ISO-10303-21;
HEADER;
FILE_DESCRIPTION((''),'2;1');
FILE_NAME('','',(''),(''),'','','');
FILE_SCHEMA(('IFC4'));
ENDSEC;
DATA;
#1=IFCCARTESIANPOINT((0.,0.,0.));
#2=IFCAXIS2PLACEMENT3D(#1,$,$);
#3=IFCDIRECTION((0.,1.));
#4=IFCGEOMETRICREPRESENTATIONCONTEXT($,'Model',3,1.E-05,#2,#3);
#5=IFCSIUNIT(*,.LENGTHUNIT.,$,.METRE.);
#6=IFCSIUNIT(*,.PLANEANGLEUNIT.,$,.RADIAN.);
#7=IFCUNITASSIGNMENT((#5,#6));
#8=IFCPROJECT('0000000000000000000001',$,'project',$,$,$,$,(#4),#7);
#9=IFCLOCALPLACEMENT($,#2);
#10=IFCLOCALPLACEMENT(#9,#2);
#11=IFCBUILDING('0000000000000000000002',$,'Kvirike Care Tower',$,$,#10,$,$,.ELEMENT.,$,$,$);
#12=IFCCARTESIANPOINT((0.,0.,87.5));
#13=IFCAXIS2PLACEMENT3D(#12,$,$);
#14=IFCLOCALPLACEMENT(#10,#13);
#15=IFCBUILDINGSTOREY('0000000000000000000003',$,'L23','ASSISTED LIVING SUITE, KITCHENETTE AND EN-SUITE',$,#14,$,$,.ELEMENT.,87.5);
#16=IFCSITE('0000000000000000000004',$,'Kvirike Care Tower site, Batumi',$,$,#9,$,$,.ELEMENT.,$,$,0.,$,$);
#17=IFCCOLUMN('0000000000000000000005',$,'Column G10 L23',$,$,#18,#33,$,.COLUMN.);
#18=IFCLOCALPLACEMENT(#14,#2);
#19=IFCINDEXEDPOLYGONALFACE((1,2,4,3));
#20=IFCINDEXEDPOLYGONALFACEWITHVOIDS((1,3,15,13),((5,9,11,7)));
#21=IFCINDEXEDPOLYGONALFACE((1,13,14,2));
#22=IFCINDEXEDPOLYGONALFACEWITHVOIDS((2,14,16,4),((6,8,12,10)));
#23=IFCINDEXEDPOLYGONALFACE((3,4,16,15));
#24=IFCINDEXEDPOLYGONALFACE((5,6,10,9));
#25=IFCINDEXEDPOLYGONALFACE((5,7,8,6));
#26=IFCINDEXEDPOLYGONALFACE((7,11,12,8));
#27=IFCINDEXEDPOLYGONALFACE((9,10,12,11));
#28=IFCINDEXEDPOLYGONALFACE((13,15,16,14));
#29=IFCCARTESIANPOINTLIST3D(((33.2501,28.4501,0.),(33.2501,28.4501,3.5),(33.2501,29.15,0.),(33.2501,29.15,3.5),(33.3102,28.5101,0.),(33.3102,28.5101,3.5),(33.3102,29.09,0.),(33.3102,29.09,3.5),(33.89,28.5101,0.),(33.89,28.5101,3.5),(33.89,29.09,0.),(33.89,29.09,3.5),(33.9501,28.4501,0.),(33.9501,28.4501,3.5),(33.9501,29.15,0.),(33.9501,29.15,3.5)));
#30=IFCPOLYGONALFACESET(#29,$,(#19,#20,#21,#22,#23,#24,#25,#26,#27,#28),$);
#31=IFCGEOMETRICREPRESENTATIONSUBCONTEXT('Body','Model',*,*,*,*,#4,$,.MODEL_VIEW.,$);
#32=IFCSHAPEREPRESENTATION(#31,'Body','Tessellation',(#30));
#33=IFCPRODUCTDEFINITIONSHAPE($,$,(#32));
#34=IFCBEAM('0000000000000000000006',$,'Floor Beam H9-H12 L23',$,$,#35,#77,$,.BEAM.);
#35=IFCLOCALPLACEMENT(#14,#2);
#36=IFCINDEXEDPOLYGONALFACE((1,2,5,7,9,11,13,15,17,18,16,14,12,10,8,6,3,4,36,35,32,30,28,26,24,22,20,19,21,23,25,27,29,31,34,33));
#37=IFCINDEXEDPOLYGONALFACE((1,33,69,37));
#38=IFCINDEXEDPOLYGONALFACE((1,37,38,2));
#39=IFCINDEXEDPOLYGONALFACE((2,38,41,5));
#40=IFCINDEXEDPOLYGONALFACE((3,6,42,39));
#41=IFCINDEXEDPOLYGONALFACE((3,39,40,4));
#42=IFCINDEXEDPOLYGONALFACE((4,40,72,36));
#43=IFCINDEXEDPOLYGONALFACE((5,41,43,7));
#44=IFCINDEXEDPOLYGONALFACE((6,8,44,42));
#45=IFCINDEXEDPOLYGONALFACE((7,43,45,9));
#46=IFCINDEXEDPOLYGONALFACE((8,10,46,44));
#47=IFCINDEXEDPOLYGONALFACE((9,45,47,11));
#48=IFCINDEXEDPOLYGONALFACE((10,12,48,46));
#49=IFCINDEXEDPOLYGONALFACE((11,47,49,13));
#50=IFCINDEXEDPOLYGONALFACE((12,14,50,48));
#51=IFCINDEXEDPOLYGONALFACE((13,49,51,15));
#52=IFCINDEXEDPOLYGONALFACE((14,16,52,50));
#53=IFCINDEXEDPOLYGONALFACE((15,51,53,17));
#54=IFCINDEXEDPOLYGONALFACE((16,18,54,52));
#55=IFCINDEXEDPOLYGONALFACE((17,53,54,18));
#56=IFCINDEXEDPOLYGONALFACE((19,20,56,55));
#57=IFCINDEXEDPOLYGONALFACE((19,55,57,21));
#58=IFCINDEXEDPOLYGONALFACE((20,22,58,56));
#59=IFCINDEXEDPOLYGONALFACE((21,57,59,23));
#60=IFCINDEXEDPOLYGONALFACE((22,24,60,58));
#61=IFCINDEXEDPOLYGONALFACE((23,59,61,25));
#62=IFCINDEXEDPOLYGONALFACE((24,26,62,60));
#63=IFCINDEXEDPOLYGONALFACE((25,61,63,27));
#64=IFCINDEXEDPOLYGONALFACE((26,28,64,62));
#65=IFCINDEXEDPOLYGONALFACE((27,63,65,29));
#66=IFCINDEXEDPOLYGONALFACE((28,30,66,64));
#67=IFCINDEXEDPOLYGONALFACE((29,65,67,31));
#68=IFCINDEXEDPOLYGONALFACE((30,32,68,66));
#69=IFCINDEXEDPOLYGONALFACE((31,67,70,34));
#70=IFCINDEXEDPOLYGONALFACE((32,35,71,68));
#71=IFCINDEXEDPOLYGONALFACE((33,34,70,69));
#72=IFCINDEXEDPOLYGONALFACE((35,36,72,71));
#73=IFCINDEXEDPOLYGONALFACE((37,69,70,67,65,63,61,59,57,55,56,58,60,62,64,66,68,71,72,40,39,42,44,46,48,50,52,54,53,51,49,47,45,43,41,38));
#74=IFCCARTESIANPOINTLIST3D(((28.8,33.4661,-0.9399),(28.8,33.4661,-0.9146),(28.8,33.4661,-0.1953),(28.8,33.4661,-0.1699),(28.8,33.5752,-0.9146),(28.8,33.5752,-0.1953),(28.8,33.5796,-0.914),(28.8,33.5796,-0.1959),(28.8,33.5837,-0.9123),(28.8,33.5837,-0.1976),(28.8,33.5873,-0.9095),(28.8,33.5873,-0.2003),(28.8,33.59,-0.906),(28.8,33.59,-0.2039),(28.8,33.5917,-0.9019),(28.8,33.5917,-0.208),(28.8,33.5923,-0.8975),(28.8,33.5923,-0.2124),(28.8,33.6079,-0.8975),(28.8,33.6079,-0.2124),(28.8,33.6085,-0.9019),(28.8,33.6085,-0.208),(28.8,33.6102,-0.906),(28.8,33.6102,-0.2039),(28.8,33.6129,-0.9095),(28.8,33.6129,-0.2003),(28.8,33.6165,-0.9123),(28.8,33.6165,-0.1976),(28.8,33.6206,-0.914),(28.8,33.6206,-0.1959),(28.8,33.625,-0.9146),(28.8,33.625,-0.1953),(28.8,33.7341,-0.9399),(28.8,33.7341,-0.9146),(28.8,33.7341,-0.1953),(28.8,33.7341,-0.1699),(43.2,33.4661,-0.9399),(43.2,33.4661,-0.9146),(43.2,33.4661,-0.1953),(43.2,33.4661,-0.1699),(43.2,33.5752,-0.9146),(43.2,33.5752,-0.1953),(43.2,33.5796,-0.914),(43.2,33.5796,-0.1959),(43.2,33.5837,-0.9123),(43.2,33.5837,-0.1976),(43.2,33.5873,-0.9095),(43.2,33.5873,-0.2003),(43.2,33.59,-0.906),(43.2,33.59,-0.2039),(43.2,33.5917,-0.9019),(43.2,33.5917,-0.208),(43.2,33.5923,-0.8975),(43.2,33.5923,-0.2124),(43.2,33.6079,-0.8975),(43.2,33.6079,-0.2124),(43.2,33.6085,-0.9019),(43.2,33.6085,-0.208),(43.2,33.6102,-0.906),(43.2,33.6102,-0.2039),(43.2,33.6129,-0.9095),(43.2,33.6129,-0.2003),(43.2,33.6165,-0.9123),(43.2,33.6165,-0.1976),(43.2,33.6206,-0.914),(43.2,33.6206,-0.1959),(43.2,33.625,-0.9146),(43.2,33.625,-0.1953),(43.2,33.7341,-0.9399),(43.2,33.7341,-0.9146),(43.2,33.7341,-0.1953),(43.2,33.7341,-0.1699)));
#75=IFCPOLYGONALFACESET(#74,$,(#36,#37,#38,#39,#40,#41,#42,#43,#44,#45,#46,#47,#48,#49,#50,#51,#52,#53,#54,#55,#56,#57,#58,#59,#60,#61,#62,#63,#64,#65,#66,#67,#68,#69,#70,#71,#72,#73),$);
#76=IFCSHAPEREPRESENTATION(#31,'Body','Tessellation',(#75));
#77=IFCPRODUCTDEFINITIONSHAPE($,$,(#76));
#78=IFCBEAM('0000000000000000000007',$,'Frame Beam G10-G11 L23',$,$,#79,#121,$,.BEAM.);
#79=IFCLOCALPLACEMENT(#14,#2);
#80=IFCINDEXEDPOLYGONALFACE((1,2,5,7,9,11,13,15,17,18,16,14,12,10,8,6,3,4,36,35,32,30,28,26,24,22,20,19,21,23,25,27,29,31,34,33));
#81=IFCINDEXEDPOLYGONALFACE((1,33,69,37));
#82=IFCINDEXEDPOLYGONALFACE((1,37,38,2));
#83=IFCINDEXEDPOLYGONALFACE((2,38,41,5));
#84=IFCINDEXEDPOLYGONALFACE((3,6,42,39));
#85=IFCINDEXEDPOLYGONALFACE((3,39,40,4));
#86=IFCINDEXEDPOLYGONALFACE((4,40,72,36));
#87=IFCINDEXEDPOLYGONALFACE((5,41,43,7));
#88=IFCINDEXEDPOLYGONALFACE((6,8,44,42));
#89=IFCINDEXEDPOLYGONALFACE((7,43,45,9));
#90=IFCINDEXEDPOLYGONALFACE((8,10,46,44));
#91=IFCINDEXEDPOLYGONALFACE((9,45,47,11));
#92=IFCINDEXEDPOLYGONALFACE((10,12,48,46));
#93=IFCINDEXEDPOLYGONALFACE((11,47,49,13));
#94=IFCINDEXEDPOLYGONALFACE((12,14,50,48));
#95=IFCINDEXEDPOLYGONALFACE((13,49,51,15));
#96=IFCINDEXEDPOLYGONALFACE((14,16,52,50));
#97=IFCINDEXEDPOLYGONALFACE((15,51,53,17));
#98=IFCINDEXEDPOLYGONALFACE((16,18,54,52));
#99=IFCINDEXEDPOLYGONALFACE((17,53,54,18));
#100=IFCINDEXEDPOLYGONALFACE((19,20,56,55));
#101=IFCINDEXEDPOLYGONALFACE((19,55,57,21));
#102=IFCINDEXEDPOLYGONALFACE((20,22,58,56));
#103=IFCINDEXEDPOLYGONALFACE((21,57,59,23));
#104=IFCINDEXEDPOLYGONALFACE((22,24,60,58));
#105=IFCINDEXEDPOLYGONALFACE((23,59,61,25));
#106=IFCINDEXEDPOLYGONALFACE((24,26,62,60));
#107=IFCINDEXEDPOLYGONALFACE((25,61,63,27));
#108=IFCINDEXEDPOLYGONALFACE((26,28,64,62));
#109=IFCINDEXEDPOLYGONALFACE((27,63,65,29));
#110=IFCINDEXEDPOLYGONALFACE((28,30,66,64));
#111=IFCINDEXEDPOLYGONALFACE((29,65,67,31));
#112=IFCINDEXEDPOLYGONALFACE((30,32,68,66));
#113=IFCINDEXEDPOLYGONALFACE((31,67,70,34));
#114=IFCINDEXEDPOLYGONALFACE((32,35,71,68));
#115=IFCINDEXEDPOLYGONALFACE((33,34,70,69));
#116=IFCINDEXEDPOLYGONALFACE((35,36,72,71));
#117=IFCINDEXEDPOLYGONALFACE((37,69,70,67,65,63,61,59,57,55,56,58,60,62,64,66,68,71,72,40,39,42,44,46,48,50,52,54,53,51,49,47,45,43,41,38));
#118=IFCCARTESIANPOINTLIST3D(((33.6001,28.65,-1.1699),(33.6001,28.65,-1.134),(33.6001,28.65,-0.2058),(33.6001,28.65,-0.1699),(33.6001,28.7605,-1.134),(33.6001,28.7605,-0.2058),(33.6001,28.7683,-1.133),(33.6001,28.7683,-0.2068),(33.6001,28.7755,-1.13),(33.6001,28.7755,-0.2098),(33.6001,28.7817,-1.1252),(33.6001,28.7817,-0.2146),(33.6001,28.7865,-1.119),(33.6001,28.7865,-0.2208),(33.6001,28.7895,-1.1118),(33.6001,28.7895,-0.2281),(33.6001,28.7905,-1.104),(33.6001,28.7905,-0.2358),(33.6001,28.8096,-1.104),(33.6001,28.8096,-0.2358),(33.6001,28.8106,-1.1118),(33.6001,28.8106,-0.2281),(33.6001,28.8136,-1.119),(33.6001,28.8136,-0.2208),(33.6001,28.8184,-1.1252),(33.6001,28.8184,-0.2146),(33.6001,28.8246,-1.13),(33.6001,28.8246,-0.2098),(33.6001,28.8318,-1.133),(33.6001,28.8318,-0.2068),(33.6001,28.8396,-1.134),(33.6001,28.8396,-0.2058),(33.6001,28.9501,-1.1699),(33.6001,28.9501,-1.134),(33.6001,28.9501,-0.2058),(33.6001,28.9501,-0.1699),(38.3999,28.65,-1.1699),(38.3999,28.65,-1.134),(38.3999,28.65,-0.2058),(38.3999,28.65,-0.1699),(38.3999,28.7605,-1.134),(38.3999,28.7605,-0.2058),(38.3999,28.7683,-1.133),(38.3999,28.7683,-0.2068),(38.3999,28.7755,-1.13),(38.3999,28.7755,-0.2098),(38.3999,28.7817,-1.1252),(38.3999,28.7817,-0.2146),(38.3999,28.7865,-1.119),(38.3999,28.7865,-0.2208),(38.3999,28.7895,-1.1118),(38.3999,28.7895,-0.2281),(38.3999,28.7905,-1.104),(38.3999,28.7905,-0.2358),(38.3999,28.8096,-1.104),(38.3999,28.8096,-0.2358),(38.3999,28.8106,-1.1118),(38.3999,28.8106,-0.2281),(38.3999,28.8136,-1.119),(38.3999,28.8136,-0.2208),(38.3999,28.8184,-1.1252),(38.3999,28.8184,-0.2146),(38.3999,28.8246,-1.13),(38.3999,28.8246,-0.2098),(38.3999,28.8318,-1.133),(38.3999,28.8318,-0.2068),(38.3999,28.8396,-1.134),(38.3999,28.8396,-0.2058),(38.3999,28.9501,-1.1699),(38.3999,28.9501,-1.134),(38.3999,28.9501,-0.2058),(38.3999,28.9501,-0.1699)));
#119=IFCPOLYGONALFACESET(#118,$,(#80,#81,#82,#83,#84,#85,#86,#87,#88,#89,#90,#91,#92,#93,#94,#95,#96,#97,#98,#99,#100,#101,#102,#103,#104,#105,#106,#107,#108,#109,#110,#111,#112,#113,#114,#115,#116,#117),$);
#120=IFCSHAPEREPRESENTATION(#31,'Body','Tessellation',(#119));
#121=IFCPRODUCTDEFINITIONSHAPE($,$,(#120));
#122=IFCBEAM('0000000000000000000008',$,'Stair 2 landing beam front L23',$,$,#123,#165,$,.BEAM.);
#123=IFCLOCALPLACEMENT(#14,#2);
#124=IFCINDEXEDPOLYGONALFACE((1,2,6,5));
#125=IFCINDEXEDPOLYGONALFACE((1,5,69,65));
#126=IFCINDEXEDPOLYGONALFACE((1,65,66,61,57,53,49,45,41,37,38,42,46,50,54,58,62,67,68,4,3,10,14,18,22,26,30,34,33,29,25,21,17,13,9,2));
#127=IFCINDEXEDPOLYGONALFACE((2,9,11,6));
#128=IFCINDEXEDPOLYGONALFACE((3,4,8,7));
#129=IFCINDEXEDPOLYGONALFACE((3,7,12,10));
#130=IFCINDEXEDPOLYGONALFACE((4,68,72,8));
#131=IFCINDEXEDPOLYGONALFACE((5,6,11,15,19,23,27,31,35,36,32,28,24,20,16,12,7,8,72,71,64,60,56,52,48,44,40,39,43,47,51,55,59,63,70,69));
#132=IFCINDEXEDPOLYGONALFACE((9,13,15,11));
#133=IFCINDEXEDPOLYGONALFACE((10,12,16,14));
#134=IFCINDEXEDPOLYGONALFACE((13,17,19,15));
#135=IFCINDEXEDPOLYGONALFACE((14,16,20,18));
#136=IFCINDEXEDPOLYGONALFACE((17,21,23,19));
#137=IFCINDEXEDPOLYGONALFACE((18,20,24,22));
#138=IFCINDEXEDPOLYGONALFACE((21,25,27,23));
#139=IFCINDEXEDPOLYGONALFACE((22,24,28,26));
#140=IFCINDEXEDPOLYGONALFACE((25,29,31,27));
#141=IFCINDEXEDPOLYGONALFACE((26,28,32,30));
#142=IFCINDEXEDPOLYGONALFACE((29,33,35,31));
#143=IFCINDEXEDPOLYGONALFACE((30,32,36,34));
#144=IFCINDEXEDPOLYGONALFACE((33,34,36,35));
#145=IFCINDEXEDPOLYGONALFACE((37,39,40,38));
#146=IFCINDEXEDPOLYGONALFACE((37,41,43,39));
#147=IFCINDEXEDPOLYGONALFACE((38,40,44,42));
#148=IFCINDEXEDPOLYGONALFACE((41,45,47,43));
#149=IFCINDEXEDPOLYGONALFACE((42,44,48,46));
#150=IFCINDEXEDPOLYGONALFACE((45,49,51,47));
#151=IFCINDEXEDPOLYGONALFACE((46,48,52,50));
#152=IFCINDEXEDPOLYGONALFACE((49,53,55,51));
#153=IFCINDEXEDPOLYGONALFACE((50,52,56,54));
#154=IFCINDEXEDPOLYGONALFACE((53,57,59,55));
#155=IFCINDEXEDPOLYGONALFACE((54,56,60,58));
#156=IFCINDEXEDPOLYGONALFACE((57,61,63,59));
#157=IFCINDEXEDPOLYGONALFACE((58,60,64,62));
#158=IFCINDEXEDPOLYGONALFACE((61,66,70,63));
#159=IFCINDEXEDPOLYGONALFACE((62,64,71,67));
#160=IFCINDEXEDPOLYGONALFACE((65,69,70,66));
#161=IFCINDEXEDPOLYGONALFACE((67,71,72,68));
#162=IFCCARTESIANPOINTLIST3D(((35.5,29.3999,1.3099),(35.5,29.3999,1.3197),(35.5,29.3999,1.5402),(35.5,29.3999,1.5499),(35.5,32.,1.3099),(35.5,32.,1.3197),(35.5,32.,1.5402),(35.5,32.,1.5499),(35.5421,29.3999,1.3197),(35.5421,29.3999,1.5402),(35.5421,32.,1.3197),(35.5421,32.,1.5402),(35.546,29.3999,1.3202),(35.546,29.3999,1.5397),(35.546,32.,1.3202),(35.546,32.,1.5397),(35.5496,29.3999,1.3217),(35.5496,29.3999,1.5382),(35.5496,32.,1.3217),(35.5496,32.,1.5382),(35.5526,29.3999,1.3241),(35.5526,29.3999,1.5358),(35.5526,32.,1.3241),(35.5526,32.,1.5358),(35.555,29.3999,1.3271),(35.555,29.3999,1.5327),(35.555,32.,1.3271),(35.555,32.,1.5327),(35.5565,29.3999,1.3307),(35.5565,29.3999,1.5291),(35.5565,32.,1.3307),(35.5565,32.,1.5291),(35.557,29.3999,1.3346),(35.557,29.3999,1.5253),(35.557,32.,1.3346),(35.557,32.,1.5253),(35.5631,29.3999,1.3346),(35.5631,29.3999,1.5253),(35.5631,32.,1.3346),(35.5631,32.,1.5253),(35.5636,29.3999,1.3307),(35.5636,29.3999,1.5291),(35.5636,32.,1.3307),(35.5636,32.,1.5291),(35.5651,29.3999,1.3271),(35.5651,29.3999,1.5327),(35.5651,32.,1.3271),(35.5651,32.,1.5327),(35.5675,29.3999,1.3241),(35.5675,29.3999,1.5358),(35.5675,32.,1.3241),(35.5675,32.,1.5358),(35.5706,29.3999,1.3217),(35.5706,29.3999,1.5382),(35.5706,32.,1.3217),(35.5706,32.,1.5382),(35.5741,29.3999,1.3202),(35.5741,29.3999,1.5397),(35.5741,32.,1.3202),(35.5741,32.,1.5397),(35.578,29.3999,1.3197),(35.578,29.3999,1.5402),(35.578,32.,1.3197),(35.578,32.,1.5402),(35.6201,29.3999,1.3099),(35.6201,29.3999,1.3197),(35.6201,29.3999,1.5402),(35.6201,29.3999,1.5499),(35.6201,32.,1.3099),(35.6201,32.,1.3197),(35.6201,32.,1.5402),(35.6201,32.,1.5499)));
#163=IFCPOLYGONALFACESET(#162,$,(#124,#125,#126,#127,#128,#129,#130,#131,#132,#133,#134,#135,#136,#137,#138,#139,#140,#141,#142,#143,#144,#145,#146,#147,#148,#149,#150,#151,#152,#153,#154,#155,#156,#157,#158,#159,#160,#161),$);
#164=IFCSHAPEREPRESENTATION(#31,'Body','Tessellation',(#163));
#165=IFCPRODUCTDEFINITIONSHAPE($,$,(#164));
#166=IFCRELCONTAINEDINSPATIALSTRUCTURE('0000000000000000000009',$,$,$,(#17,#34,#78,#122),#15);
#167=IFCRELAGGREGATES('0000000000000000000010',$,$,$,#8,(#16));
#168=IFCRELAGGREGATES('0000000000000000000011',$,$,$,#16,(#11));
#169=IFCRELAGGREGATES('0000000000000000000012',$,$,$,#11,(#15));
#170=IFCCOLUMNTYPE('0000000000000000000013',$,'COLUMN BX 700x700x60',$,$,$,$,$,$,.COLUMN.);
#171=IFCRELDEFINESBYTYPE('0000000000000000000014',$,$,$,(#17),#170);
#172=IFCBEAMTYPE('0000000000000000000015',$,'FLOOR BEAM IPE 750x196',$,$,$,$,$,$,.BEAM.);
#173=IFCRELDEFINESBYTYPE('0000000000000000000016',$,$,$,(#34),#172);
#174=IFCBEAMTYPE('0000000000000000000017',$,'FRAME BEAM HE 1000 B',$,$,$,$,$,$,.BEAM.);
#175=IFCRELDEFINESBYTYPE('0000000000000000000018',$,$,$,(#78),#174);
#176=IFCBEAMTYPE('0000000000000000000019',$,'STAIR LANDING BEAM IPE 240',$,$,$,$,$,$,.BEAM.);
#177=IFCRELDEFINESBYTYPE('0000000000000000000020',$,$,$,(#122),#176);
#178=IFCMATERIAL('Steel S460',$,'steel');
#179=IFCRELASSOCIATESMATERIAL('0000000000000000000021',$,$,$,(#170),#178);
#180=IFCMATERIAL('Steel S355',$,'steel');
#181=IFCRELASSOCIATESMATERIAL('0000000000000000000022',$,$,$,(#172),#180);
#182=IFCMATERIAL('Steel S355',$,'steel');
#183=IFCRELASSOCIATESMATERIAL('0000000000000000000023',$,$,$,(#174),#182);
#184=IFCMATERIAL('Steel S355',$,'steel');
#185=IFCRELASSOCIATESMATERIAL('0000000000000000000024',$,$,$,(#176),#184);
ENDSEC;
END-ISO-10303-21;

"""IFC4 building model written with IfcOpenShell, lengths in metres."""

from ifc_helpers import new_model, si_unit, direction, frame, origin, origin_2d, place, context, subcontext, project, spatial, hollow_rectangle, i_section, extrude, material, material_profile, profile_set, type_object, element, save


model = new_model("IFC4")

# Units and contexts
model_context = context("Model", 3, precision=1e-05, world=origin(), true_north=direction((0.0, 1.0)))
body_context = subcontext(model_context, "Body", "Model", "MODEL_VIEW")
ifc_project = project(units=[si_unit("LENGTHUNIT", "METRE"), si_unit("PLANEANGLEUNIT", "RADIAN")], contexts=[model_context])

# Site, building, storey
site_placement = place(None, origin())
site = spatial("IfcSite", under=ifc_project, at=site_placement, Name="Kvirike Care Tower site, Batumi", CompositionType="ELEMENT", RefElevation=0.0)
building_placement = place(site_placement, origin())
building = spatial("IfcBuilding", under=site, at=building_placement, Name="Kvirike Care Tower", CompositionType="ELEMENT")
storey_placement = place(building_placement, frame((0.0, 0.0, 87.5)))
storey = spatial("IfcBuildingStorey", under=building, at=storey_placement, Name="L23", Description="ASSISTED LIVING SUITE, KITCHENETTE AND EN-SUITE", CompositionType="ELEMENT", Elevation=87.5)

# Column
ifc_material_1 = material(Name="Steel S460", Category="steel")
ifc_material_profile_1 = material_profile(ifc_material_1, hollow_rectangle(XDim=0.7, YDim=0.7, WallThickness=0.0601, at=origin_2d()), Name="BX 700x700x60")
ifc_profile_set_1 = profile_set([ifc_material_profile_1], Name="Steel S460")
column_type = type_object("IfcColumnType", Name="COLUMN BX 700x700x60", PredefinedType="COLUMN", material=ifc_profile_set_1)
column_placement = place(storey_placement, frame((33.6001, 28.8, 0.0), z_axis=(0.0, 0.0, 1.0), x_axis=(0.0, 1.0, 0.0)))
element("IfcColumn", 1, at=column_placement, inside=storey, type_object=column_type, Name="Column G10 L23", PredefinedType="COLUMN", context=body_context, shape_type="SweptSolid", body=[
    extrude(hollow_rectangle(XDim=0.7, YDim=0.7, WallThickness=0.0601, at=origin_2d()), origin(), (0.0, 0.0, 1.0), 3.5),
])

# Beams
ifc_material_2 = material(Name="Steel S355", Category="steel")
ifc_material_profile_2 = material_profile(ifc_material_2, i_section(OverallWidth=0.2681, OverallDepth=0.77, WebThickness=0.0156, FlangeThickness=0.0254, FilletRadius=0.0171, at=origin_2d()), Name="IPE 750x196")
ifc_profile_set_2 = profile_set([ifc_material_profile_2], Name="Steel S355")
beam_type_1 = type_object("IfcBeamType", Name="FLOOR BEAM IPE 750x196", PredefinedType="BEAM", material=ifc_profile_set_2)
beam_1_placement = place(storey_placement, frame((28.8, 33.6001, -0.5549), z_axis=(1.0, 0.0, 0.0), x_axis=(0.0, 1.0, 0.0)))
element("IfcBeam", 2, at=beam_1_placement, inside=storey, type_object=beam_type_1, Name="Floor Beam H9-H12 L23", PredefinedType="BEAM", context=body_context, shape_type="SweptSolid", body=[
    extrude(i_section(OverallWidth=0.2681, OverallDepth=0.77, WebThickness=0.0156, FlangeThickness=0.0254, FilletRadius=0.0171, at=origin_2d()), origin(), (0.0, 0.0, 1.0), 14.3999),
])
ifc_material_3 = material(Name="Steel S355", Category="steel")
ifc_material_profile_3 = material_profile(ifc_material_3, i_section(OverallWidth=0.3, OverallDepth=1.0, WebThickness=0.019, FlangeThickness=0.0359, FilletRadius=0.03, at=origin_2d()), Name="HE 1000 B")
ifc_profile_set_3 = profile_set([ifc_material_profile_3], Name="Steel S355")
beam_type_2 = type_object("IfcBeamType", Name="FRAME BEAM HE 1000 B", PredefinedType="BEAM", material=ifc_profile_set_3)
beam_2_placement = place(storey_placement, frame((33.6001, 28.8, -0.6699), z_axis=(1.0, 0.0, 0.0), x_axis=(0.0, 1.0, 0.0)))
element("IfcBeam", 3, at=beam_2_placement, inside=storey, type_object=beam_type_2, Name="Frame Beam G10-G11 L23", PredefinedType="BEAM", context=body_context, shape_type="SweptSolid", body=[
    extrude(i_section(OverallWidth=0.3, OverallDepth=1.0, WebThickness=0.019, FlangeThickness=0.0359, FilletRadius=0.03, at=origin_2d()), origin(), (0.0, 0.0, 1.0), 4.7998),
])
ifc_material_4 = material(Name="Steel S355", Category="steel")
ifc_material_profile_4 = material_profile(ifc_material_4, i_section(OverallWidth=0.1201, OverallDepth=0.24, WebThickness=0.0061, FlangeThickness=0.0098, FilletRadius=0.0149, at=origin_2d()), Name="IPE 240")
ifc_profile_set_4 = profile_set([ifc_material_profile_4], Name="Steel S355")
beam_type_3 = type_object("IfcBeamType", Name="STAIR LANDING BEAM IPE 240", PredefinedType="BEAM", material=ifc_profile_set_4)
beam_3_placement = place(storey_placement, frame((35.5601, 29.3999, 1.4299), z_axis=(0.0, 1.0, 0.0), x_axis=(-1.0, 0.0, 0.0)))
element("IfcBeam", 4, at=beam_3_placement, inside=storey, type_object=beam_type_3, Name="Stair 2 landing beam front L23", PredefinedType="BEAM", context=body_context, shape_type="SweptSolid", body=[
    extrude(i_section(OverallWidth=0.1201, OverallDepth=0.24, WebThickness=0.0061, FlangeThickness=0.0098, FilletRadius=0.0149, at=origin_2d()), origin(), (0.0, 0.0, 1.0), 2.6001),
])

save(model, "model.ifc")
